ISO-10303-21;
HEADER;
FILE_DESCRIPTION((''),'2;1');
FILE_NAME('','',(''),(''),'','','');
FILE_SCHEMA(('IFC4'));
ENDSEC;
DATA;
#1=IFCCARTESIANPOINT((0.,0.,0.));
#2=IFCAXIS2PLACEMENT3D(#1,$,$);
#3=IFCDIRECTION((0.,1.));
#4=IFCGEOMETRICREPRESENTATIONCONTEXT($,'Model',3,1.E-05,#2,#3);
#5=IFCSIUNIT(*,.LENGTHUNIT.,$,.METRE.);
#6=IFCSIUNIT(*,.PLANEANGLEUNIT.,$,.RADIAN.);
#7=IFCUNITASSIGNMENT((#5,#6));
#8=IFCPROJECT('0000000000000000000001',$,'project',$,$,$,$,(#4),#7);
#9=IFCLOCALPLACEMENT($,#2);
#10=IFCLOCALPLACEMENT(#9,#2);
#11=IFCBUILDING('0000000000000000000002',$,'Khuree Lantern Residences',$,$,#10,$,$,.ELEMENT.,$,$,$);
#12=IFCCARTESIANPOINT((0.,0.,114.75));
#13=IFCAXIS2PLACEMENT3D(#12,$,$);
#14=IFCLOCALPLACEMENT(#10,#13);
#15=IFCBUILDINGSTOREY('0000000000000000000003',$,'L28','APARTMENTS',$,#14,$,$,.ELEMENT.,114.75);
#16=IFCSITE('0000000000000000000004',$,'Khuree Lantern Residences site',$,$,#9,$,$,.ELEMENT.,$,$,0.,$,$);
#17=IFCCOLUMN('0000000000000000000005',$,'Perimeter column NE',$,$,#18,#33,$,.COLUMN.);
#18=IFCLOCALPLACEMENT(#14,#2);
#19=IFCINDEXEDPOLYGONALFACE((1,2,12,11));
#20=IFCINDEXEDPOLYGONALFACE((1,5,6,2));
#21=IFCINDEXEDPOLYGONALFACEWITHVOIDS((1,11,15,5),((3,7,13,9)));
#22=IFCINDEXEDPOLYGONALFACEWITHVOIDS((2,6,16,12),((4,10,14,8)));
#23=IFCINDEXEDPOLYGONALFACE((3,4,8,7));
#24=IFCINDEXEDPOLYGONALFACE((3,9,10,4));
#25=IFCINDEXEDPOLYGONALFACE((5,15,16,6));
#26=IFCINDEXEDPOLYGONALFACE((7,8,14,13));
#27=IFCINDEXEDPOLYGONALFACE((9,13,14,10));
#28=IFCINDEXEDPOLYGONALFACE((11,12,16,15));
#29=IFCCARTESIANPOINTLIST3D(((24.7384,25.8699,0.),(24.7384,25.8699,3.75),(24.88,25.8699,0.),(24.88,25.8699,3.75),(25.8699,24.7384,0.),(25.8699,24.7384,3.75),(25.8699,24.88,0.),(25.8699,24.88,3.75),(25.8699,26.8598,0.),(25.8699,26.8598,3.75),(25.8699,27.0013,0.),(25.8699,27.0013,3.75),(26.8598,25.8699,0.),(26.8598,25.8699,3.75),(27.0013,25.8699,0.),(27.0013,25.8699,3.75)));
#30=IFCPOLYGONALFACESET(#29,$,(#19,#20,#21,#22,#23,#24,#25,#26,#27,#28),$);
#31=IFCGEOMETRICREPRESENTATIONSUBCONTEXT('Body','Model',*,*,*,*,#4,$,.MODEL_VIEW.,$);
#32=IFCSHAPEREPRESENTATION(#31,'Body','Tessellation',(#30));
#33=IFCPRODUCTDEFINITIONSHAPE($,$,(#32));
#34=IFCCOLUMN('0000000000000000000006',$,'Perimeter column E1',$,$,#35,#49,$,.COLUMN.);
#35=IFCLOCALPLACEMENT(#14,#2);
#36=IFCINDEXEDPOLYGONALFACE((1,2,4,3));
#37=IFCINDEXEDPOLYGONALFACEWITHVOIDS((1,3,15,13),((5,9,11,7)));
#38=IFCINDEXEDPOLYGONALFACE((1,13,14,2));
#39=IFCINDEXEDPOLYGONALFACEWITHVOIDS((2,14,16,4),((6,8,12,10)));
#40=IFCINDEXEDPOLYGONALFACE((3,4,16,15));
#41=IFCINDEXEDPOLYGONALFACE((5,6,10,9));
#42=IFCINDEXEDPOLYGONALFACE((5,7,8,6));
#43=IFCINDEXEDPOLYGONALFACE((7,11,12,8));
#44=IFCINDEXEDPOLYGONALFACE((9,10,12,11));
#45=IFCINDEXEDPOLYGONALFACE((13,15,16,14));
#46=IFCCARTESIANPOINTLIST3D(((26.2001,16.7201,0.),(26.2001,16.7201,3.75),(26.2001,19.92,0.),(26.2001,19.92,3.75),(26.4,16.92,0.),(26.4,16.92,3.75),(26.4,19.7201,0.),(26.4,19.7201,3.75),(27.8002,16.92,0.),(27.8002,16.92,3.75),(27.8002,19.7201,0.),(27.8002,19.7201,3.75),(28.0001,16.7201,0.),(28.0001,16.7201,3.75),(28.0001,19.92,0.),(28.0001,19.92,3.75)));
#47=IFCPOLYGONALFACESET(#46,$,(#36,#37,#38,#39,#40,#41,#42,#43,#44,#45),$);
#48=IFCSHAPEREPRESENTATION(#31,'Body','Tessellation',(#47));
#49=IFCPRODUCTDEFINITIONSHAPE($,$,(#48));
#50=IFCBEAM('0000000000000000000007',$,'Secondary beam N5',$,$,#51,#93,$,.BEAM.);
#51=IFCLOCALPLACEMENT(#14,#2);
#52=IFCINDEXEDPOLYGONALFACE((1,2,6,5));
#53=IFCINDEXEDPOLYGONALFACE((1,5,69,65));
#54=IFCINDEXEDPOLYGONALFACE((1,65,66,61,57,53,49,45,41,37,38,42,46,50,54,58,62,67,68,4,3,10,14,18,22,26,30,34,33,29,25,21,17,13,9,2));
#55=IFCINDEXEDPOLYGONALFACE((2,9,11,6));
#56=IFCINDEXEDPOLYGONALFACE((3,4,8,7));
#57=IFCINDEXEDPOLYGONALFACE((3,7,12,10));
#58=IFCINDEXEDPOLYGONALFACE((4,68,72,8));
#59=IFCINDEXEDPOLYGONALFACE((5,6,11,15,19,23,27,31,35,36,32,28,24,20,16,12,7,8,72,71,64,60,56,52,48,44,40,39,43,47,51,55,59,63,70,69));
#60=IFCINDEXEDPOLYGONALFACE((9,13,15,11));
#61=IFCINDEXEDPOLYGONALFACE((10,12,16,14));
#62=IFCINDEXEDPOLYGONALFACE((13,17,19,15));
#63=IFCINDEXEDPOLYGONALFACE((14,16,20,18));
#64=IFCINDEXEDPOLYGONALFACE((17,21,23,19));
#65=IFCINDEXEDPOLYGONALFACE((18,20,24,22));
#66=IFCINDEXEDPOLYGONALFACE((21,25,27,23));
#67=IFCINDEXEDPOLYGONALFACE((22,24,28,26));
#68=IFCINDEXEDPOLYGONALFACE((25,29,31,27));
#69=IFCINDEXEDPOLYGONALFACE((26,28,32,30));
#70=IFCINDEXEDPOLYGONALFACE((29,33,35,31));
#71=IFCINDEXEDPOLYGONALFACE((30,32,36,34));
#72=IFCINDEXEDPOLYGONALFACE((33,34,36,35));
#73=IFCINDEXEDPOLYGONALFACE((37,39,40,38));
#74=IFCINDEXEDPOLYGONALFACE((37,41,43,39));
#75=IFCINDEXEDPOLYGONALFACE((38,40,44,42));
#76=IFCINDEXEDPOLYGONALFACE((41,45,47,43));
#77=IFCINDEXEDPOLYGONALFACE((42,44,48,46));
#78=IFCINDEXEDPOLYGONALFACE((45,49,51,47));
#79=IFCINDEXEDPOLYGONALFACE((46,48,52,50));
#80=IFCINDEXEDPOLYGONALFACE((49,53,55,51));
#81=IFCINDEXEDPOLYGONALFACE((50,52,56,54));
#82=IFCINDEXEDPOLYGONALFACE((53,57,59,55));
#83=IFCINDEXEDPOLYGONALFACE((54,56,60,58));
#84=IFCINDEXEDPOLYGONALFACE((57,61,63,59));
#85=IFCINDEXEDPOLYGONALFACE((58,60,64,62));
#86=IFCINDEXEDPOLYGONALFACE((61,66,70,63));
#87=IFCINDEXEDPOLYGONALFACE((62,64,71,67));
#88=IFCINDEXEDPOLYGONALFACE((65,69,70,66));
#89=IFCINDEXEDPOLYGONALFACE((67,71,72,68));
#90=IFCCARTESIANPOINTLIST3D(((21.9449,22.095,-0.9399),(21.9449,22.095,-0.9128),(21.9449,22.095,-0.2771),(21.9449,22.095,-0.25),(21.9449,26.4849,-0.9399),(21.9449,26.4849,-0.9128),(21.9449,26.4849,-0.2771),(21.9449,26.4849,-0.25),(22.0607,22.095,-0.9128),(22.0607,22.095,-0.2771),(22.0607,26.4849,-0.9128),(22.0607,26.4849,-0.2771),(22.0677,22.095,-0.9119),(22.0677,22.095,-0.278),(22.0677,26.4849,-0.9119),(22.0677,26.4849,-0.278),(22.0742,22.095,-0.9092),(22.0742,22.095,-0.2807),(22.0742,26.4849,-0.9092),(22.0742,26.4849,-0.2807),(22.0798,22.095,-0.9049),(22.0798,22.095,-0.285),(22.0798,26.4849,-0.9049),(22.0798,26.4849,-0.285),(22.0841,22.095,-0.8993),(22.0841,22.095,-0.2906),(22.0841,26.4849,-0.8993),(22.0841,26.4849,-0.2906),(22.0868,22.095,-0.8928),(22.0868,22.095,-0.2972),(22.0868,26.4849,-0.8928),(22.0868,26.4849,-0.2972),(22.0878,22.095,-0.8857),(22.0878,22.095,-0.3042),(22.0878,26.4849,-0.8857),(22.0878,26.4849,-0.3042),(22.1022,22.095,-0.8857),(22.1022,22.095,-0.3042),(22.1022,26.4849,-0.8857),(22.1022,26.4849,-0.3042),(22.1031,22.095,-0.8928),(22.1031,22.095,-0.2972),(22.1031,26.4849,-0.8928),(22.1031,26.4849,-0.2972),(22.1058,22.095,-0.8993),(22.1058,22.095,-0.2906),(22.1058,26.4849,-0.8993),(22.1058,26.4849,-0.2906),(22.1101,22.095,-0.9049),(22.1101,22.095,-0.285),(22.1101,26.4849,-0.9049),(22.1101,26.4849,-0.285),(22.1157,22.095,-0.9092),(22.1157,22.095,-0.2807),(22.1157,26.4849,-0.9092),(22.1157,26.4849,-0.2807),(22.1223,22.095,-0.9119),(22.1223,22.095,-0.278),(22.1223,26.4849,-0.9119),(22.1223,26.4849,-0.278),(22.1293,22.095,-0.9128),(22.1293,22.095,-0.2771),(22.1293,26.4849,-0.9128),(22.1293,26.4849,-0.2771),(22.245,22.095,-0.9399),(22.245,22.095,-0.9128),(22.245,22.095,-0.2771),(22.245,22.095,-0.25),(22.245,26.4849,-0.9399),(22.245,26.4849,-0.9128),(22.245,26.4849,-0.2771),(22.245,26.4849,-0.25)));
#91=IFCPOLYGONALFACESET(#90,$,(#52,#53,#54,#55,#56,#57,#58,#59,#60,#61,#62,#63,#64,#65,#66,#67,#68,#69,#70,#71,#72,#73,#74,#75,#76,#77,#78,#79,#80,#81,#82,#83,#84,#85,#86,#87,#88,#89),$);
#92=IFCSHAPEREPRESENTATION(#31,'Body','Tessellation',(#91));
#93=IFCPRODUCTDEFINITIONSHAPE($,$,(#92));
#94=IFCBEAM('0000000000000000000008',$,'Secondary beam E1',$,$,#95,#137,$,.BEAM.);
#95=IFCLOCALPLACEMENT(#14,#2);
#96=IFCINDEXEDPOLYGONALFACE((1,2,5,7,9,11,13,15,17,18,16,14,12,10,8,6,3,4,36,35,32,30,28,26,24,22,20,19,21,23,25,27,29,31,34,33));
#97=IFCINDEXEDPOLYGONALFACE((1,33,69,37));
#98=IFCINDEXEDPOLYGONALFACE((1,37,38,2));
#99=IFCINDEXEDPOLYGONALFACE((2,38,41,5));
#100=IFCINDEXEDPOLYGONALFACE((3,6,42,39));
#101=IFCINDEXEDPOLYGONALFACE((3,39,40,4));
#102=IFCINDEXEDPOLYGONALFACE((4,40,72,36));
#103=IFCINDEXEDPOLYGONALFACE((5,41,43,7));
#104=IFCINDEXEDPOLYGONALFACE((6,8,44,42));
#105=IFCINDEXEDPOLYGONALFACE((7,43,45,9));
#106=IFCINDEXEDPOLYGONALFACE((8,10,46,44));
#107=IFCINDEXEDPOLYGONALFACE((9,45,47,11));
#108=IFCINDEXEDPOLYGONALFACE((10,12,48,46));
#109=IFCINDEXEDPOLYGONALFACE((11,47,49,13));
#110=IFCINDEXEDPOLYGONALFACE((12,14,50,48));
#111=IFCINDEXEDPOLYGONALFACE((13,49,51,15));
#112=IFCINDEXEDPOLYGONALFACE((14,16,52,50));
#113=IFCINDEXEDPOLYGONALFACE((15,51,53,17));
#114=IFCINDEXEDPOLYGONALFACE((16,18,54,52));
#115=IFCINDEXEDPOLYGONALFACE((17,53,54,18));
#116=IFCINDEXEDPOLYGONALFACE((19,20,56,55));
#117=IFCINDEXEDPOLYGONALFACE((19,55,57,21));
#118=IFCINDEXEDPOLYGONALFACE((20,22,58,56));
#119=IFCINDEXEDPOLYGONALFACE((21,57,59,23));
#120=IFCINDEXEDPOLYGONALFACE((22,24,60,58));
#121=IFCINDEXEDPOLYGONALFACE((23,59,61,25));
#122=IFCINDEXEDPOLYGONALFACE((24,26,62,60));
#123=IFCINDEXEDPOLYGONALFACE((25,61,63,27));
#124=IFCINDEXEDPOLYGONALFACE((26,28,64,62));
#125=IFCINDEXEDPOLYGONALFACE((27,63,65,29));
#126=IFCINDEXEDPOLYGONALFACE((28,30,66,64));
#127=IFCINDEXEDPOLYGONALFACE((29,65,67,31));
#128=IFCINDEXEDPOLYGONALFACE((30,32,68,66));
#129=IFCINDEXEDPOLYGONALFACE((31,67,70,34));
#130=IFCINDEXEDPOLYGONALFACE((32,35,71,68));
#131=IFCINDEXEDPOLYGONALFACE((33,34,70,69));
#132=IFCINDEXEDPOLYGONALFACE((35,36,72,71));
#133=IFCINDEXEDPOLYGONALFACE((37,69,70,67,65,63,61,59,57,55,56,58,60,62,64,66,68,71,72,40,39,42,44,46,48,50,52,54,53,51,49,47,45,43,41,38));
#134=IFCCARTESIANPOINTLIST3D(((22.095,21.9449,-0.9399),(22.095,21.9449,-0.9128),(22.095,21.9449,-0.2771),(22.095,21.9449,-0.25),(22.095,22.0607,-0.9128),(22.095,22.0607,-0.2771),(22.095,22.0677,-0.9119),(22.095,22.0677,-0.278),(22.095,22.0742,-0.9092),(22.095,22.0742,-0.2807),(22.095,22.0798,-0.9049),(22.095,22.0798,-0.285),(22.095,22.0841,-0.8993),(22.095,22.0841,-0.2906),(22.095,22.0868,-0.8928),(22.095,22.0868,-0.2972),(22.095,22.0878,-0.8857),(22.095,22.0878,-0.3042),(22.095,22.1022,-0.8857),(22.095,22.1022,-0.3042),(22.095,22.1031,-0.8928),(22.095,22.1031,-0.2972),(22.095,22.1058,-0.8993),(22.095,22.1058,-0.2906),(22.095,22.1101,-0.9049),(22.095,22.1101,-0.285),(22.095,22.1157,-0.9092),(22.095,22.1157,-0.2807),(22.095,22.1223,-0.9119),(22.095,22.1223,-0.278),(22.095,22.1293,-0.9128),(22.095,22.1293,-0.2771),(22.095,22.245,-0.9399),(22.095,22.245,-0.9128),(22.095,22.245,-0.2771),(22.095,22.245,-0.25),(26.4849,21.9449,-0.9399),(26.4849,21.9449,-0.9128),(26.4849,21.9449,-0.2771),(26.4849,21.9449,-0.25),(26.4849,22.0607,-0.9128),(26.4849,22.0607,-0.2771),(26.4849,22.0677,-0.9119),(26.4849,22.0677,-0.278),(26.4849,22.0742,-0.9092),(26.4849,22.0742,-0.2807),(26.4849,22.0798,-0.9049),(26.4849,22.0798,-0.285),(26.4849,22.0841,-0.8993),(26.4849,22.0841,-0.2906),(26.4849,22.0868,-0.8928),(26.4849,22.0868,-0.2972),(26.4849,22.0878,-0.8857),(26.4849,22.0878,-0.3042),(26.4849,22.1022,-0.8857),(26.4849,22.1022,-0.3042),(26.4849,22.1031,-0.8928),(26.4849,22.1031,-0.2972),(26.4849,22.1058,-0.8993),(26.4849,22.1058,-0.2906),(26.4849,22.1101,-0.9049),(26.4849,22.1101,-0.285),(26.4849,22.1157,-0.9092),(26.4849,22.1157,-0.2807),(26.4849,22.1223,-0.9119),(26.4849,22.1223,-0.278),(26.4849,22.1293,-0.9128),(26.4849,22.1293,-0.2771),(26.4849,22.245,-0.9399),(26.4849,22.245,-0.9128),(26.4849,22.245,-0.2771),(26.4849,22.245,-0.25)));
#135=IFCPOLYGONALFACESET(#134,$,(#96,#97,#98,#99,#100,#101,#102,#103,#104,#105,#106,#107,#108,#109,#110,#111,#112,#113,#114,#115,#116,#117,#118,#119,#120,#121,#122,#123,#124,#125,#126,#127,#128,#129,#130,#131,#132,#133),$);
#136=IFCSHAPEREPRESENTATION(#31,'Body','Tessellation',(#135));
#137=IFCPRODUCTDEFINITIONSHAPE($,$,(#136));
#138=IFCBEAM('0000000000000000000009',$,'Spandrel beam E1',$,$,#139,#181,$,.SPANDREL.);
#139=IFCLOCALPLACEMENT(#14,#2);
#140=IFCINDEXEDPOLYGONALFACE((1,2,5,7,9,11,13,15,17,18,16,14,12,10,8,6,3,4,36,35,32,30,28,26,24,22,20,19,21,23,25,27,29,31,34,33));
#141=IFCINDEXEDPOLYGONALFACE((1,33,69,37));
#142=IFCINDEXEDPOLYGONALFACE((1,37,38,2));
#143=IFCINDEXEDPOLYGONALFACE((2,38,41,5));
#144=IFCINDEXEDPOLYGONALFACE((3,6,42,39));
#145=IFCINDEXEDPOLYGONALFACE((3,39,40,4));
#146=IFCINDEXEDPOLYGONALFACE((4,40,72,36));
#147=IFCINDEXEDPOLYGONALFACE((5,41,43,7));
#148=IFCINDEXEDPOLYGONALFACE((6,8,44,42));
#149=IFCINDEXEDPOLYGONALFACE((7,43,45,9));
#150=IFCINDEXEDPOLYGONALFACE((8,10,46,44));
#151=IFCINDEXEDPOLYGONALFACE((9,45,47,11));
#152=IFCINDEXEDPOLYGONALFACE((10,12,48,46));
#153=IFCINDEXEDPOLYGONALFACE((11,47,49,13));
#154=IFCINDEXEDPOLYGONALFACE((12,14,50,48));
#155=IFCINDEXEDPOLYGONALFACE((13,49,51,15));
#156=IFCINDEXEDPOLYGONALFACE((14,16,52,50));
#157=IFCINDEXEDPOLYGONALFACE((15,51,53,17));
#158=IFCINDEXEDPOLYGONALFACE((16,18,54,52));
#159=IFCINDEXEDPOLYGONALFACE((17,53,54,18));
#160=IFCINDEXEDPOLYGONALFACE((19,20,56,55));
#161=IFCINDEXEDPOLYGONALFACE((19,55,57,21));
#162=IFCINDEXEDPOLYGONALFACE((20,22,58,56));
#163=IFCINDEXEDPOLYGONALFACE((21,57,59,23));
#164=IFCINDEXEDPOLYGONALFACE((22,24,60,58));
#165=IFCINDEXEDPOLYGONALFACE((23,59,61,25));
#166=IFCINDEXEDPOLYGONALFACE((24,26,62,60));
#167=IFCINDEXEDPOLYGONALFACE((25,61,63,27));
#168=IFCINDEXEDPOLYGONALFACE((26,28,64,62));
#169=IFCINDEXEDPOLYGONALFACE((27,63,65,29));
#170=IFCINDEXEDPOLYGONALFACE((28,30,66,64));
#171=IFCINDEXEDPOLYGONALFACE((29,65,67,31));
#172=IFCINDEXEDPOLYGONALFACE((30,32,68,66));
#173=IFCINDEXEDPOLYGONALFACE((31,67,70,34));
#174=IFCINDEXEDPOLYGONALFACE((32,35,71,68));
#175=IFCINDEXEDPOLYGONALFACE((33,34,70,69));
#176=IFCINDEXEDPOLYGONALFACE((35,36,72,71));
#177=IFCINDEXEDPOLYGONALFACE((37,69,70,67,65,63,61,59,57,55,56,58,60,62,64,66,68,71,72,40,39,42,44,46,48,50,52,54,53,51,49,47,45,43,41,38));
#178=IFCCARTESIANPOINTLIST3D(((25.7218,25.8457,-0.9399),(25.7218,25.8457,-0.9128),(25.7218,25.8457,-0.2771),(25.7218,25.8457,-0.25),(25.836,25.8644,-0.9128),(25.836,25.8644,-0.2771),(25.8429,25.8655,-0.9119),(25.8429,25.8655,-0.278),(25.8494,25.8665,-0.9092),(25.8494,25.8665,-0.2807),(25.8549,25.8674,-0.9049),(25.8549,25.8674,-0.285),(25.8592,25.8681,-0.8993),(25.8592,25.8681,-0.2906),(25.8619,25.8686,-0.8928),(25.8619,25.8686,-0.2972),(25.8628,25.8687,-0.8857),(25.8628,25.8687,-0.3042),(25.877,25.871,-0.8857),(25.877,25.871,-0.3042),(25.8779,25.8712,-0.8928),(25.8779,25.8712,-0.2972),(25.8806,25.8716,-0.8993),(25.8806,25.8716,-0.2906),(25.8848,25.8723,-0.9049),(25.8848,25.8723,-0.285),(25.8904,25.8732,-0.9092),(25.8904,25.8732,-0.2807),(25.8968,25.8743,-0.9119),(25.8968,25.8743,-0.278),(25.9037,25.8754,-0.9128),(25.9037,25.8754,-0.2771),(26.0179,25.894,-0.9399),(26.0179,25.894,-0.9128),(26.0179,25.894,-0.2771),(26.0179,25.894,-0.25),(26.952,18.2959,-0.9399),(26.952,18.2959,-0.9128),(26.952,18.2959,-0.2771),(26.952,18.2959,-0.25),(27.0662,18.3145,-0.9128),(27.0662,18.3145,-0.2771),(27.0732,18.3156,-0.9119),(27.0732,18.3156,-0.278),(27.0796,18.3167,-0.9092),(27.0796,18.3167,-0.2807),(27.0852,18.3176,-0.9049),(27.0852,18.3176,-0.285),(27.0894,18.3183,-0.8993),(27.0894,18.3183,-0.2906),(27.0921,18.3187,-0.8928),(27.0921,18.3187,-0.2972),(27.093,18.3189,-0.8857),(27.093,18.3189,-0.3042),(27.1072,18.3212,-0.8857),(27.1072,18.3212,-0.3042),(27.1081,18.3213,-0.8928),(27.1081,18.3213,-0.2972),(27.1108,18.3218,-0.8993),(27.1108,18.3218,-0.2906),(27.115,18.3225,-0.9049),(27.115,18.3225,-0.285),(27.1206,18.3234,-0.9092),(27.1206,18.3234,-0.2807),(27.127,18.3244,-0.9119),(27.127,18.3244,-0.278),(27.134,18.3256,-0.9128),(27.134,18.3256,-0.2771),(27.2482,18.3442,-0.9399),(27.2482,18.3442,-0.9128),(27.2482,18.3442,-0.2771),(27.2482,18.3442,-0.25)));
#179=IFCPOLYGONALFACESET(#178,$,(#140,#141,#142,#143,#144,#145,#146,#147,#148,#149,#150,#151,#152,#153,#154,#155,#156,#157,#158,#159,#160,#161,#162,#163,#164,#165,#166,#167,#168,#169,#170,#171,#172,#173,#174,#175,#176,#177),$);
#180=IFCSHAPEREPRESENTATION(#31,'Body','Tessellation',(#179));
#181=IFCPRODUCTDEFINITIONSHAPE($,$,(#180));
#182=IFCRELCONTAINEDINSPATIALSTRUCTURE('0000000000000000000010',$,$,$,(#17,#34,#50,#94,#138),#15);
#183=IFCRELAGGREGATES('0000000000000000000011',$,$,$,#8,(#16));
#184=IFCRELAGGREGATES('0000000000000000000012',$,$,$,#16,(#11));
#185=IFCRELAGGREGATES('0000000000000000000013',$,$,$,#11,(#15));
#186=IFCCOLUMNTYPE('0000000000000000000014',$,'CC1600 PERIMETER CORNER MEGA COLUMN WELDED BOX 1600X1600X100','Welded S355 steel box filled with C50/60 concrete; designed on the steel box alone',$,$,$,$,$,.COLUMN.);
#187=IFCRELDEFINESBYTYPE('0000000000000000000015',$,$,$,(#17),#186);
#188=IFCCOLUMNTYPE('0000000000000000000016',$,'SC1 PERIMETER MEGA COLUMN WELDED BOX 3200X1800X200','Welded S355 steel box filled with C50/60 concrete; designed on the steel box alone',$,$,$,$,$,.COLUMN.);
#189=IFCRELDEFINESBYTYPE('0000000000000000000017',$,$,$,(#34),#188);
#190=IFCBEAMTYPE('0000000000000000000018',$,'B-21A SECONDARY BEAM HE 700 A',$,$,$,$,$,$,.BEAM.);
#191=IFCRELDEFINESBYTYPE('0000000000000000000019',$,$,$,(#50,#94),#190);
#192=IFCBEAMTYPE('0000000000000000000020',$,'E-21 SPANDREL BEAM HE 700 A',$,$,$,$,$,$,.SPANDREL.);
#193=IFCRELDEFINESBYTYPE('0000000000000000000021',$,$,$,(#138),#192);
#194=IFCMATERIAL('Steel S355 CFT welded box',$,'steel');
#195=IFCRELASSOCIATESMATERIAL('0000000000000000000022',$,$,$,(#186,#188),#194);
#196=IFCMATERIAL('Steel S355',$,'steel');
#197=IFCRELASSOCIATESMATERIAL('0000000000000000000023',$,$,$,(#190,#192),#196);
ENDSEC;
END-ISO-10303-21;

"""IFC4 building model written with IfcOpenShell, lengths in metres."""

from ifc_helpers import new_model, si_unit, direction, frame, origin, origin_2d, place, context, subcontext, project, spatial, hollow_rectangle, i_section, extrude, material, material_profile, profile_set, type_object, element, save


model = new_model("IFC4")

# Units and contexts
model_context = context("Model", 3, precision=1e-05, world=origin(), true_north=direction((0.0, 1.0)))
body_context = subcontext(model_context, "Body", "Model", "MODEL_VIEW")
ifc_project = project(units=[si_unit("LENGTHUNIT", "METRE"), si_unit("PLANEANGLEUNIT", "RADIAN")], contexts=[model_context])

# Site, building, storey
site_placement = place(None, origin())
site = spatial("IfcSite", under=ifc_project, at=site_placement, Name="Khuree Lantern Residences site", CompositionType="ELEMENT", RefElevation=0.0)
building_placement = place(site_placement, origin())
building = spatial("IfcBuilding", under=site, at=building_placement, Name="Khuree Lantern Residences", CompositionType="ELEMENT")
storey_placement = place(building_placement, frame((0.0, 0.0, 114.75)))
storey = spatial("IfcBuildingStorey", under=building, at=storey_placement, Name="L28", Description="APARTMENTS", CompositionType="ELEMENT", Elevation=114.75)

# Columns
ifc_material_1 = material(Name="Steel S355 CFT welded box", Category="steel")
ifc_material_profile_1 = material_profile(ifc_material_1, hollow_rectangle(XDim=1.6001, YDim=1.6001, WallThickness=0.1001, at=origin_2d()), Name="WELDED BOX 1600X1600X100")
ifc_profile_set_1 = profile_set([ifc_material_profile_1], Name="Steel S355 CFT welded box")
column_type_1 = type_object("IfcColumnType", Name="CC1600 PERIMETER CORNER MEGA COLUMN WELDED BOX 1600X1600X100", Description="Welded S355 steel box filled with C50/60 concrete; designed on the steel box alone", PredefinedType="COLUMN", material=ifc_profile_set_1)
column_1_placement = place(storey_placement, frame((25.8699, 25.8699, 0.0), z_axis=(0.0, 0.0, 1.0), x_axis=(0.707107, -0.707107, 0.0)))
element("IfcColumn", 1, at=column_1_placement, inside=storey, type_object=column_type_1, Name="Perimeter column NE", PredefinedType="COLUMN", context=body_context, shape_type="SweptSolid", body=[
    extrude(hollow_rectangle(XDim=1.6001, YDim=1.6001, WallThickness=0.1001, at=origin_2d()), origin(), (0.0, 0.0, 1.0), 3.75),
])
ifc_material_profile_2 = material_profile(ifc_material_1, hollow_rectangle(XDim=3.2, YDim=1.8, WallThickness=0.2, at=origin_2d()), Name="WELDED BOX 3200X1800X200")
ifc_profile_set_2 = profile_set([ifc_material_profile_2], Name="Steel S355 CFT welded box")
column_type_2 = type_object("IfcColumnType", Name="SC1 PERIMETER MEGA COLUMN WELDED BOX 3200X1800X200", Description="Welded S355 steel box filled with C50/60 concrete; designed on the steel box alone", PredefinedType="COLUMN", material=ifc_profile_set_2)
column_2_placement = place(storey_placement, frame((27.1001, 18.3201, 0.0), z_axis=(0.0, 0.0, 1.0), x_axis=(0.0, 1.0, 0.0)))
element("IfcColumn", 2, at=column_2_placement, inside=storey, type_object=column_type_2, Name="Perimeter column E1", PredefinedType="COLUMN", context=body_context, shape_type="SweptSolid", body=[
    extrude(hollow_rectangle(XDim=3.2, YDim=1.8, WallThickness=0.2, at=origin_2d()), origin(), (0.0, 0.0, 1.0), 3.75),
])

# Beams
ifc_material_2 = material(Name="Steel S355", Category="steel")
ifc_material_profile_3 = material_profile(ifc_material_2, i_section(OverallWidth=0.3, OverallDepth=0.6899, WebThickness=0.0144, FlangeThickness=0.0271, FilletRadius=0.0271, at=origin_2d()), Name="HE 700 A")
ifc_profile_set_3 = profile_set([ifc_material_profile_3], Name="Steel S355")
beam_type_1 = type_object("IfcBeamType", Name="B-21A SECONDARY BEAM HE 700 A", PredefinedType="BEAM", material=ifc_profile_set_3)
for number, where, z_axis, x_axis, name in (
    (3, (22.095, 26.4849, -0.595), (0.0, -1.0, 0.0), (1.0, 0.0, 0.0), "Secondary beam N5"),
    (4, (26.4849, 22.095, -0.595), (-1.0, 0.0, 0.0), (0.0, -1.0, 0.0), "Secondary beam E1"),
):
    element("IfcBeam", number, at=place(storey_placement, frame(where, z_axis=z_axis, x_axis=x_axis)), inside=storey, type_object=beam_type_1, Name=name, PredefinedType="BEAM", context=body_context, shape_type="SweptSolid", body=[
        extrude(i_section(OverallWidth=0.3, OverallDepth=0.6899, WebThickness=0.0144, FlangeThickness=0.0271, FilletRadius=0.0271, at=origin_2d()), origin(), (0.0, 0.0, 1.0), 4.3899),
    ])
ifc_material_profile_4 = material_profile(ifc_material_2, i_section(OverallWidth=0.3, OverallDepth=0.6899, WebThickness=0.0144, FlangeThickness=0.0271, FilletRadius=0.0271, at=origin_2d()), Name="HE 700 A")
ifc_profile_set_4 = profile_set([ifc_material_profile_4], Name="Steel S355")
beam_type_2 = type_object("IfcBeamType", Name="E-21 SPANDREL BEAM HE 700 A", PredefinedType="SPANDREL", material=ifc_profile_set_4)
beam_1_placement = place(storey_placement, frame((25.8699, 25.8699, -0.595), z_axis=(0.160827, -0.986983, 0.0), x_axis=(0.986983, 0.160827, 0.0)))
element("IfcBeam", 5, at=beam_1_placement, inside=storey, type_object=beam_type_2, Name="Spandrel beam E1", PredefinedType="SPANDREL", context=body_context, shape_type="SweptSolid", body=[
    extrude(i_section(OverallWidth=0.3, OverallDepth=0.6899, WebThickness=0.0144, FlangeThickness=0.0271, FilletRadius=0.0271, at=origin_2d()), origin(), (0.0, 0.0, 1.0), 7.6494),
])

save(model, "model.ifc")
